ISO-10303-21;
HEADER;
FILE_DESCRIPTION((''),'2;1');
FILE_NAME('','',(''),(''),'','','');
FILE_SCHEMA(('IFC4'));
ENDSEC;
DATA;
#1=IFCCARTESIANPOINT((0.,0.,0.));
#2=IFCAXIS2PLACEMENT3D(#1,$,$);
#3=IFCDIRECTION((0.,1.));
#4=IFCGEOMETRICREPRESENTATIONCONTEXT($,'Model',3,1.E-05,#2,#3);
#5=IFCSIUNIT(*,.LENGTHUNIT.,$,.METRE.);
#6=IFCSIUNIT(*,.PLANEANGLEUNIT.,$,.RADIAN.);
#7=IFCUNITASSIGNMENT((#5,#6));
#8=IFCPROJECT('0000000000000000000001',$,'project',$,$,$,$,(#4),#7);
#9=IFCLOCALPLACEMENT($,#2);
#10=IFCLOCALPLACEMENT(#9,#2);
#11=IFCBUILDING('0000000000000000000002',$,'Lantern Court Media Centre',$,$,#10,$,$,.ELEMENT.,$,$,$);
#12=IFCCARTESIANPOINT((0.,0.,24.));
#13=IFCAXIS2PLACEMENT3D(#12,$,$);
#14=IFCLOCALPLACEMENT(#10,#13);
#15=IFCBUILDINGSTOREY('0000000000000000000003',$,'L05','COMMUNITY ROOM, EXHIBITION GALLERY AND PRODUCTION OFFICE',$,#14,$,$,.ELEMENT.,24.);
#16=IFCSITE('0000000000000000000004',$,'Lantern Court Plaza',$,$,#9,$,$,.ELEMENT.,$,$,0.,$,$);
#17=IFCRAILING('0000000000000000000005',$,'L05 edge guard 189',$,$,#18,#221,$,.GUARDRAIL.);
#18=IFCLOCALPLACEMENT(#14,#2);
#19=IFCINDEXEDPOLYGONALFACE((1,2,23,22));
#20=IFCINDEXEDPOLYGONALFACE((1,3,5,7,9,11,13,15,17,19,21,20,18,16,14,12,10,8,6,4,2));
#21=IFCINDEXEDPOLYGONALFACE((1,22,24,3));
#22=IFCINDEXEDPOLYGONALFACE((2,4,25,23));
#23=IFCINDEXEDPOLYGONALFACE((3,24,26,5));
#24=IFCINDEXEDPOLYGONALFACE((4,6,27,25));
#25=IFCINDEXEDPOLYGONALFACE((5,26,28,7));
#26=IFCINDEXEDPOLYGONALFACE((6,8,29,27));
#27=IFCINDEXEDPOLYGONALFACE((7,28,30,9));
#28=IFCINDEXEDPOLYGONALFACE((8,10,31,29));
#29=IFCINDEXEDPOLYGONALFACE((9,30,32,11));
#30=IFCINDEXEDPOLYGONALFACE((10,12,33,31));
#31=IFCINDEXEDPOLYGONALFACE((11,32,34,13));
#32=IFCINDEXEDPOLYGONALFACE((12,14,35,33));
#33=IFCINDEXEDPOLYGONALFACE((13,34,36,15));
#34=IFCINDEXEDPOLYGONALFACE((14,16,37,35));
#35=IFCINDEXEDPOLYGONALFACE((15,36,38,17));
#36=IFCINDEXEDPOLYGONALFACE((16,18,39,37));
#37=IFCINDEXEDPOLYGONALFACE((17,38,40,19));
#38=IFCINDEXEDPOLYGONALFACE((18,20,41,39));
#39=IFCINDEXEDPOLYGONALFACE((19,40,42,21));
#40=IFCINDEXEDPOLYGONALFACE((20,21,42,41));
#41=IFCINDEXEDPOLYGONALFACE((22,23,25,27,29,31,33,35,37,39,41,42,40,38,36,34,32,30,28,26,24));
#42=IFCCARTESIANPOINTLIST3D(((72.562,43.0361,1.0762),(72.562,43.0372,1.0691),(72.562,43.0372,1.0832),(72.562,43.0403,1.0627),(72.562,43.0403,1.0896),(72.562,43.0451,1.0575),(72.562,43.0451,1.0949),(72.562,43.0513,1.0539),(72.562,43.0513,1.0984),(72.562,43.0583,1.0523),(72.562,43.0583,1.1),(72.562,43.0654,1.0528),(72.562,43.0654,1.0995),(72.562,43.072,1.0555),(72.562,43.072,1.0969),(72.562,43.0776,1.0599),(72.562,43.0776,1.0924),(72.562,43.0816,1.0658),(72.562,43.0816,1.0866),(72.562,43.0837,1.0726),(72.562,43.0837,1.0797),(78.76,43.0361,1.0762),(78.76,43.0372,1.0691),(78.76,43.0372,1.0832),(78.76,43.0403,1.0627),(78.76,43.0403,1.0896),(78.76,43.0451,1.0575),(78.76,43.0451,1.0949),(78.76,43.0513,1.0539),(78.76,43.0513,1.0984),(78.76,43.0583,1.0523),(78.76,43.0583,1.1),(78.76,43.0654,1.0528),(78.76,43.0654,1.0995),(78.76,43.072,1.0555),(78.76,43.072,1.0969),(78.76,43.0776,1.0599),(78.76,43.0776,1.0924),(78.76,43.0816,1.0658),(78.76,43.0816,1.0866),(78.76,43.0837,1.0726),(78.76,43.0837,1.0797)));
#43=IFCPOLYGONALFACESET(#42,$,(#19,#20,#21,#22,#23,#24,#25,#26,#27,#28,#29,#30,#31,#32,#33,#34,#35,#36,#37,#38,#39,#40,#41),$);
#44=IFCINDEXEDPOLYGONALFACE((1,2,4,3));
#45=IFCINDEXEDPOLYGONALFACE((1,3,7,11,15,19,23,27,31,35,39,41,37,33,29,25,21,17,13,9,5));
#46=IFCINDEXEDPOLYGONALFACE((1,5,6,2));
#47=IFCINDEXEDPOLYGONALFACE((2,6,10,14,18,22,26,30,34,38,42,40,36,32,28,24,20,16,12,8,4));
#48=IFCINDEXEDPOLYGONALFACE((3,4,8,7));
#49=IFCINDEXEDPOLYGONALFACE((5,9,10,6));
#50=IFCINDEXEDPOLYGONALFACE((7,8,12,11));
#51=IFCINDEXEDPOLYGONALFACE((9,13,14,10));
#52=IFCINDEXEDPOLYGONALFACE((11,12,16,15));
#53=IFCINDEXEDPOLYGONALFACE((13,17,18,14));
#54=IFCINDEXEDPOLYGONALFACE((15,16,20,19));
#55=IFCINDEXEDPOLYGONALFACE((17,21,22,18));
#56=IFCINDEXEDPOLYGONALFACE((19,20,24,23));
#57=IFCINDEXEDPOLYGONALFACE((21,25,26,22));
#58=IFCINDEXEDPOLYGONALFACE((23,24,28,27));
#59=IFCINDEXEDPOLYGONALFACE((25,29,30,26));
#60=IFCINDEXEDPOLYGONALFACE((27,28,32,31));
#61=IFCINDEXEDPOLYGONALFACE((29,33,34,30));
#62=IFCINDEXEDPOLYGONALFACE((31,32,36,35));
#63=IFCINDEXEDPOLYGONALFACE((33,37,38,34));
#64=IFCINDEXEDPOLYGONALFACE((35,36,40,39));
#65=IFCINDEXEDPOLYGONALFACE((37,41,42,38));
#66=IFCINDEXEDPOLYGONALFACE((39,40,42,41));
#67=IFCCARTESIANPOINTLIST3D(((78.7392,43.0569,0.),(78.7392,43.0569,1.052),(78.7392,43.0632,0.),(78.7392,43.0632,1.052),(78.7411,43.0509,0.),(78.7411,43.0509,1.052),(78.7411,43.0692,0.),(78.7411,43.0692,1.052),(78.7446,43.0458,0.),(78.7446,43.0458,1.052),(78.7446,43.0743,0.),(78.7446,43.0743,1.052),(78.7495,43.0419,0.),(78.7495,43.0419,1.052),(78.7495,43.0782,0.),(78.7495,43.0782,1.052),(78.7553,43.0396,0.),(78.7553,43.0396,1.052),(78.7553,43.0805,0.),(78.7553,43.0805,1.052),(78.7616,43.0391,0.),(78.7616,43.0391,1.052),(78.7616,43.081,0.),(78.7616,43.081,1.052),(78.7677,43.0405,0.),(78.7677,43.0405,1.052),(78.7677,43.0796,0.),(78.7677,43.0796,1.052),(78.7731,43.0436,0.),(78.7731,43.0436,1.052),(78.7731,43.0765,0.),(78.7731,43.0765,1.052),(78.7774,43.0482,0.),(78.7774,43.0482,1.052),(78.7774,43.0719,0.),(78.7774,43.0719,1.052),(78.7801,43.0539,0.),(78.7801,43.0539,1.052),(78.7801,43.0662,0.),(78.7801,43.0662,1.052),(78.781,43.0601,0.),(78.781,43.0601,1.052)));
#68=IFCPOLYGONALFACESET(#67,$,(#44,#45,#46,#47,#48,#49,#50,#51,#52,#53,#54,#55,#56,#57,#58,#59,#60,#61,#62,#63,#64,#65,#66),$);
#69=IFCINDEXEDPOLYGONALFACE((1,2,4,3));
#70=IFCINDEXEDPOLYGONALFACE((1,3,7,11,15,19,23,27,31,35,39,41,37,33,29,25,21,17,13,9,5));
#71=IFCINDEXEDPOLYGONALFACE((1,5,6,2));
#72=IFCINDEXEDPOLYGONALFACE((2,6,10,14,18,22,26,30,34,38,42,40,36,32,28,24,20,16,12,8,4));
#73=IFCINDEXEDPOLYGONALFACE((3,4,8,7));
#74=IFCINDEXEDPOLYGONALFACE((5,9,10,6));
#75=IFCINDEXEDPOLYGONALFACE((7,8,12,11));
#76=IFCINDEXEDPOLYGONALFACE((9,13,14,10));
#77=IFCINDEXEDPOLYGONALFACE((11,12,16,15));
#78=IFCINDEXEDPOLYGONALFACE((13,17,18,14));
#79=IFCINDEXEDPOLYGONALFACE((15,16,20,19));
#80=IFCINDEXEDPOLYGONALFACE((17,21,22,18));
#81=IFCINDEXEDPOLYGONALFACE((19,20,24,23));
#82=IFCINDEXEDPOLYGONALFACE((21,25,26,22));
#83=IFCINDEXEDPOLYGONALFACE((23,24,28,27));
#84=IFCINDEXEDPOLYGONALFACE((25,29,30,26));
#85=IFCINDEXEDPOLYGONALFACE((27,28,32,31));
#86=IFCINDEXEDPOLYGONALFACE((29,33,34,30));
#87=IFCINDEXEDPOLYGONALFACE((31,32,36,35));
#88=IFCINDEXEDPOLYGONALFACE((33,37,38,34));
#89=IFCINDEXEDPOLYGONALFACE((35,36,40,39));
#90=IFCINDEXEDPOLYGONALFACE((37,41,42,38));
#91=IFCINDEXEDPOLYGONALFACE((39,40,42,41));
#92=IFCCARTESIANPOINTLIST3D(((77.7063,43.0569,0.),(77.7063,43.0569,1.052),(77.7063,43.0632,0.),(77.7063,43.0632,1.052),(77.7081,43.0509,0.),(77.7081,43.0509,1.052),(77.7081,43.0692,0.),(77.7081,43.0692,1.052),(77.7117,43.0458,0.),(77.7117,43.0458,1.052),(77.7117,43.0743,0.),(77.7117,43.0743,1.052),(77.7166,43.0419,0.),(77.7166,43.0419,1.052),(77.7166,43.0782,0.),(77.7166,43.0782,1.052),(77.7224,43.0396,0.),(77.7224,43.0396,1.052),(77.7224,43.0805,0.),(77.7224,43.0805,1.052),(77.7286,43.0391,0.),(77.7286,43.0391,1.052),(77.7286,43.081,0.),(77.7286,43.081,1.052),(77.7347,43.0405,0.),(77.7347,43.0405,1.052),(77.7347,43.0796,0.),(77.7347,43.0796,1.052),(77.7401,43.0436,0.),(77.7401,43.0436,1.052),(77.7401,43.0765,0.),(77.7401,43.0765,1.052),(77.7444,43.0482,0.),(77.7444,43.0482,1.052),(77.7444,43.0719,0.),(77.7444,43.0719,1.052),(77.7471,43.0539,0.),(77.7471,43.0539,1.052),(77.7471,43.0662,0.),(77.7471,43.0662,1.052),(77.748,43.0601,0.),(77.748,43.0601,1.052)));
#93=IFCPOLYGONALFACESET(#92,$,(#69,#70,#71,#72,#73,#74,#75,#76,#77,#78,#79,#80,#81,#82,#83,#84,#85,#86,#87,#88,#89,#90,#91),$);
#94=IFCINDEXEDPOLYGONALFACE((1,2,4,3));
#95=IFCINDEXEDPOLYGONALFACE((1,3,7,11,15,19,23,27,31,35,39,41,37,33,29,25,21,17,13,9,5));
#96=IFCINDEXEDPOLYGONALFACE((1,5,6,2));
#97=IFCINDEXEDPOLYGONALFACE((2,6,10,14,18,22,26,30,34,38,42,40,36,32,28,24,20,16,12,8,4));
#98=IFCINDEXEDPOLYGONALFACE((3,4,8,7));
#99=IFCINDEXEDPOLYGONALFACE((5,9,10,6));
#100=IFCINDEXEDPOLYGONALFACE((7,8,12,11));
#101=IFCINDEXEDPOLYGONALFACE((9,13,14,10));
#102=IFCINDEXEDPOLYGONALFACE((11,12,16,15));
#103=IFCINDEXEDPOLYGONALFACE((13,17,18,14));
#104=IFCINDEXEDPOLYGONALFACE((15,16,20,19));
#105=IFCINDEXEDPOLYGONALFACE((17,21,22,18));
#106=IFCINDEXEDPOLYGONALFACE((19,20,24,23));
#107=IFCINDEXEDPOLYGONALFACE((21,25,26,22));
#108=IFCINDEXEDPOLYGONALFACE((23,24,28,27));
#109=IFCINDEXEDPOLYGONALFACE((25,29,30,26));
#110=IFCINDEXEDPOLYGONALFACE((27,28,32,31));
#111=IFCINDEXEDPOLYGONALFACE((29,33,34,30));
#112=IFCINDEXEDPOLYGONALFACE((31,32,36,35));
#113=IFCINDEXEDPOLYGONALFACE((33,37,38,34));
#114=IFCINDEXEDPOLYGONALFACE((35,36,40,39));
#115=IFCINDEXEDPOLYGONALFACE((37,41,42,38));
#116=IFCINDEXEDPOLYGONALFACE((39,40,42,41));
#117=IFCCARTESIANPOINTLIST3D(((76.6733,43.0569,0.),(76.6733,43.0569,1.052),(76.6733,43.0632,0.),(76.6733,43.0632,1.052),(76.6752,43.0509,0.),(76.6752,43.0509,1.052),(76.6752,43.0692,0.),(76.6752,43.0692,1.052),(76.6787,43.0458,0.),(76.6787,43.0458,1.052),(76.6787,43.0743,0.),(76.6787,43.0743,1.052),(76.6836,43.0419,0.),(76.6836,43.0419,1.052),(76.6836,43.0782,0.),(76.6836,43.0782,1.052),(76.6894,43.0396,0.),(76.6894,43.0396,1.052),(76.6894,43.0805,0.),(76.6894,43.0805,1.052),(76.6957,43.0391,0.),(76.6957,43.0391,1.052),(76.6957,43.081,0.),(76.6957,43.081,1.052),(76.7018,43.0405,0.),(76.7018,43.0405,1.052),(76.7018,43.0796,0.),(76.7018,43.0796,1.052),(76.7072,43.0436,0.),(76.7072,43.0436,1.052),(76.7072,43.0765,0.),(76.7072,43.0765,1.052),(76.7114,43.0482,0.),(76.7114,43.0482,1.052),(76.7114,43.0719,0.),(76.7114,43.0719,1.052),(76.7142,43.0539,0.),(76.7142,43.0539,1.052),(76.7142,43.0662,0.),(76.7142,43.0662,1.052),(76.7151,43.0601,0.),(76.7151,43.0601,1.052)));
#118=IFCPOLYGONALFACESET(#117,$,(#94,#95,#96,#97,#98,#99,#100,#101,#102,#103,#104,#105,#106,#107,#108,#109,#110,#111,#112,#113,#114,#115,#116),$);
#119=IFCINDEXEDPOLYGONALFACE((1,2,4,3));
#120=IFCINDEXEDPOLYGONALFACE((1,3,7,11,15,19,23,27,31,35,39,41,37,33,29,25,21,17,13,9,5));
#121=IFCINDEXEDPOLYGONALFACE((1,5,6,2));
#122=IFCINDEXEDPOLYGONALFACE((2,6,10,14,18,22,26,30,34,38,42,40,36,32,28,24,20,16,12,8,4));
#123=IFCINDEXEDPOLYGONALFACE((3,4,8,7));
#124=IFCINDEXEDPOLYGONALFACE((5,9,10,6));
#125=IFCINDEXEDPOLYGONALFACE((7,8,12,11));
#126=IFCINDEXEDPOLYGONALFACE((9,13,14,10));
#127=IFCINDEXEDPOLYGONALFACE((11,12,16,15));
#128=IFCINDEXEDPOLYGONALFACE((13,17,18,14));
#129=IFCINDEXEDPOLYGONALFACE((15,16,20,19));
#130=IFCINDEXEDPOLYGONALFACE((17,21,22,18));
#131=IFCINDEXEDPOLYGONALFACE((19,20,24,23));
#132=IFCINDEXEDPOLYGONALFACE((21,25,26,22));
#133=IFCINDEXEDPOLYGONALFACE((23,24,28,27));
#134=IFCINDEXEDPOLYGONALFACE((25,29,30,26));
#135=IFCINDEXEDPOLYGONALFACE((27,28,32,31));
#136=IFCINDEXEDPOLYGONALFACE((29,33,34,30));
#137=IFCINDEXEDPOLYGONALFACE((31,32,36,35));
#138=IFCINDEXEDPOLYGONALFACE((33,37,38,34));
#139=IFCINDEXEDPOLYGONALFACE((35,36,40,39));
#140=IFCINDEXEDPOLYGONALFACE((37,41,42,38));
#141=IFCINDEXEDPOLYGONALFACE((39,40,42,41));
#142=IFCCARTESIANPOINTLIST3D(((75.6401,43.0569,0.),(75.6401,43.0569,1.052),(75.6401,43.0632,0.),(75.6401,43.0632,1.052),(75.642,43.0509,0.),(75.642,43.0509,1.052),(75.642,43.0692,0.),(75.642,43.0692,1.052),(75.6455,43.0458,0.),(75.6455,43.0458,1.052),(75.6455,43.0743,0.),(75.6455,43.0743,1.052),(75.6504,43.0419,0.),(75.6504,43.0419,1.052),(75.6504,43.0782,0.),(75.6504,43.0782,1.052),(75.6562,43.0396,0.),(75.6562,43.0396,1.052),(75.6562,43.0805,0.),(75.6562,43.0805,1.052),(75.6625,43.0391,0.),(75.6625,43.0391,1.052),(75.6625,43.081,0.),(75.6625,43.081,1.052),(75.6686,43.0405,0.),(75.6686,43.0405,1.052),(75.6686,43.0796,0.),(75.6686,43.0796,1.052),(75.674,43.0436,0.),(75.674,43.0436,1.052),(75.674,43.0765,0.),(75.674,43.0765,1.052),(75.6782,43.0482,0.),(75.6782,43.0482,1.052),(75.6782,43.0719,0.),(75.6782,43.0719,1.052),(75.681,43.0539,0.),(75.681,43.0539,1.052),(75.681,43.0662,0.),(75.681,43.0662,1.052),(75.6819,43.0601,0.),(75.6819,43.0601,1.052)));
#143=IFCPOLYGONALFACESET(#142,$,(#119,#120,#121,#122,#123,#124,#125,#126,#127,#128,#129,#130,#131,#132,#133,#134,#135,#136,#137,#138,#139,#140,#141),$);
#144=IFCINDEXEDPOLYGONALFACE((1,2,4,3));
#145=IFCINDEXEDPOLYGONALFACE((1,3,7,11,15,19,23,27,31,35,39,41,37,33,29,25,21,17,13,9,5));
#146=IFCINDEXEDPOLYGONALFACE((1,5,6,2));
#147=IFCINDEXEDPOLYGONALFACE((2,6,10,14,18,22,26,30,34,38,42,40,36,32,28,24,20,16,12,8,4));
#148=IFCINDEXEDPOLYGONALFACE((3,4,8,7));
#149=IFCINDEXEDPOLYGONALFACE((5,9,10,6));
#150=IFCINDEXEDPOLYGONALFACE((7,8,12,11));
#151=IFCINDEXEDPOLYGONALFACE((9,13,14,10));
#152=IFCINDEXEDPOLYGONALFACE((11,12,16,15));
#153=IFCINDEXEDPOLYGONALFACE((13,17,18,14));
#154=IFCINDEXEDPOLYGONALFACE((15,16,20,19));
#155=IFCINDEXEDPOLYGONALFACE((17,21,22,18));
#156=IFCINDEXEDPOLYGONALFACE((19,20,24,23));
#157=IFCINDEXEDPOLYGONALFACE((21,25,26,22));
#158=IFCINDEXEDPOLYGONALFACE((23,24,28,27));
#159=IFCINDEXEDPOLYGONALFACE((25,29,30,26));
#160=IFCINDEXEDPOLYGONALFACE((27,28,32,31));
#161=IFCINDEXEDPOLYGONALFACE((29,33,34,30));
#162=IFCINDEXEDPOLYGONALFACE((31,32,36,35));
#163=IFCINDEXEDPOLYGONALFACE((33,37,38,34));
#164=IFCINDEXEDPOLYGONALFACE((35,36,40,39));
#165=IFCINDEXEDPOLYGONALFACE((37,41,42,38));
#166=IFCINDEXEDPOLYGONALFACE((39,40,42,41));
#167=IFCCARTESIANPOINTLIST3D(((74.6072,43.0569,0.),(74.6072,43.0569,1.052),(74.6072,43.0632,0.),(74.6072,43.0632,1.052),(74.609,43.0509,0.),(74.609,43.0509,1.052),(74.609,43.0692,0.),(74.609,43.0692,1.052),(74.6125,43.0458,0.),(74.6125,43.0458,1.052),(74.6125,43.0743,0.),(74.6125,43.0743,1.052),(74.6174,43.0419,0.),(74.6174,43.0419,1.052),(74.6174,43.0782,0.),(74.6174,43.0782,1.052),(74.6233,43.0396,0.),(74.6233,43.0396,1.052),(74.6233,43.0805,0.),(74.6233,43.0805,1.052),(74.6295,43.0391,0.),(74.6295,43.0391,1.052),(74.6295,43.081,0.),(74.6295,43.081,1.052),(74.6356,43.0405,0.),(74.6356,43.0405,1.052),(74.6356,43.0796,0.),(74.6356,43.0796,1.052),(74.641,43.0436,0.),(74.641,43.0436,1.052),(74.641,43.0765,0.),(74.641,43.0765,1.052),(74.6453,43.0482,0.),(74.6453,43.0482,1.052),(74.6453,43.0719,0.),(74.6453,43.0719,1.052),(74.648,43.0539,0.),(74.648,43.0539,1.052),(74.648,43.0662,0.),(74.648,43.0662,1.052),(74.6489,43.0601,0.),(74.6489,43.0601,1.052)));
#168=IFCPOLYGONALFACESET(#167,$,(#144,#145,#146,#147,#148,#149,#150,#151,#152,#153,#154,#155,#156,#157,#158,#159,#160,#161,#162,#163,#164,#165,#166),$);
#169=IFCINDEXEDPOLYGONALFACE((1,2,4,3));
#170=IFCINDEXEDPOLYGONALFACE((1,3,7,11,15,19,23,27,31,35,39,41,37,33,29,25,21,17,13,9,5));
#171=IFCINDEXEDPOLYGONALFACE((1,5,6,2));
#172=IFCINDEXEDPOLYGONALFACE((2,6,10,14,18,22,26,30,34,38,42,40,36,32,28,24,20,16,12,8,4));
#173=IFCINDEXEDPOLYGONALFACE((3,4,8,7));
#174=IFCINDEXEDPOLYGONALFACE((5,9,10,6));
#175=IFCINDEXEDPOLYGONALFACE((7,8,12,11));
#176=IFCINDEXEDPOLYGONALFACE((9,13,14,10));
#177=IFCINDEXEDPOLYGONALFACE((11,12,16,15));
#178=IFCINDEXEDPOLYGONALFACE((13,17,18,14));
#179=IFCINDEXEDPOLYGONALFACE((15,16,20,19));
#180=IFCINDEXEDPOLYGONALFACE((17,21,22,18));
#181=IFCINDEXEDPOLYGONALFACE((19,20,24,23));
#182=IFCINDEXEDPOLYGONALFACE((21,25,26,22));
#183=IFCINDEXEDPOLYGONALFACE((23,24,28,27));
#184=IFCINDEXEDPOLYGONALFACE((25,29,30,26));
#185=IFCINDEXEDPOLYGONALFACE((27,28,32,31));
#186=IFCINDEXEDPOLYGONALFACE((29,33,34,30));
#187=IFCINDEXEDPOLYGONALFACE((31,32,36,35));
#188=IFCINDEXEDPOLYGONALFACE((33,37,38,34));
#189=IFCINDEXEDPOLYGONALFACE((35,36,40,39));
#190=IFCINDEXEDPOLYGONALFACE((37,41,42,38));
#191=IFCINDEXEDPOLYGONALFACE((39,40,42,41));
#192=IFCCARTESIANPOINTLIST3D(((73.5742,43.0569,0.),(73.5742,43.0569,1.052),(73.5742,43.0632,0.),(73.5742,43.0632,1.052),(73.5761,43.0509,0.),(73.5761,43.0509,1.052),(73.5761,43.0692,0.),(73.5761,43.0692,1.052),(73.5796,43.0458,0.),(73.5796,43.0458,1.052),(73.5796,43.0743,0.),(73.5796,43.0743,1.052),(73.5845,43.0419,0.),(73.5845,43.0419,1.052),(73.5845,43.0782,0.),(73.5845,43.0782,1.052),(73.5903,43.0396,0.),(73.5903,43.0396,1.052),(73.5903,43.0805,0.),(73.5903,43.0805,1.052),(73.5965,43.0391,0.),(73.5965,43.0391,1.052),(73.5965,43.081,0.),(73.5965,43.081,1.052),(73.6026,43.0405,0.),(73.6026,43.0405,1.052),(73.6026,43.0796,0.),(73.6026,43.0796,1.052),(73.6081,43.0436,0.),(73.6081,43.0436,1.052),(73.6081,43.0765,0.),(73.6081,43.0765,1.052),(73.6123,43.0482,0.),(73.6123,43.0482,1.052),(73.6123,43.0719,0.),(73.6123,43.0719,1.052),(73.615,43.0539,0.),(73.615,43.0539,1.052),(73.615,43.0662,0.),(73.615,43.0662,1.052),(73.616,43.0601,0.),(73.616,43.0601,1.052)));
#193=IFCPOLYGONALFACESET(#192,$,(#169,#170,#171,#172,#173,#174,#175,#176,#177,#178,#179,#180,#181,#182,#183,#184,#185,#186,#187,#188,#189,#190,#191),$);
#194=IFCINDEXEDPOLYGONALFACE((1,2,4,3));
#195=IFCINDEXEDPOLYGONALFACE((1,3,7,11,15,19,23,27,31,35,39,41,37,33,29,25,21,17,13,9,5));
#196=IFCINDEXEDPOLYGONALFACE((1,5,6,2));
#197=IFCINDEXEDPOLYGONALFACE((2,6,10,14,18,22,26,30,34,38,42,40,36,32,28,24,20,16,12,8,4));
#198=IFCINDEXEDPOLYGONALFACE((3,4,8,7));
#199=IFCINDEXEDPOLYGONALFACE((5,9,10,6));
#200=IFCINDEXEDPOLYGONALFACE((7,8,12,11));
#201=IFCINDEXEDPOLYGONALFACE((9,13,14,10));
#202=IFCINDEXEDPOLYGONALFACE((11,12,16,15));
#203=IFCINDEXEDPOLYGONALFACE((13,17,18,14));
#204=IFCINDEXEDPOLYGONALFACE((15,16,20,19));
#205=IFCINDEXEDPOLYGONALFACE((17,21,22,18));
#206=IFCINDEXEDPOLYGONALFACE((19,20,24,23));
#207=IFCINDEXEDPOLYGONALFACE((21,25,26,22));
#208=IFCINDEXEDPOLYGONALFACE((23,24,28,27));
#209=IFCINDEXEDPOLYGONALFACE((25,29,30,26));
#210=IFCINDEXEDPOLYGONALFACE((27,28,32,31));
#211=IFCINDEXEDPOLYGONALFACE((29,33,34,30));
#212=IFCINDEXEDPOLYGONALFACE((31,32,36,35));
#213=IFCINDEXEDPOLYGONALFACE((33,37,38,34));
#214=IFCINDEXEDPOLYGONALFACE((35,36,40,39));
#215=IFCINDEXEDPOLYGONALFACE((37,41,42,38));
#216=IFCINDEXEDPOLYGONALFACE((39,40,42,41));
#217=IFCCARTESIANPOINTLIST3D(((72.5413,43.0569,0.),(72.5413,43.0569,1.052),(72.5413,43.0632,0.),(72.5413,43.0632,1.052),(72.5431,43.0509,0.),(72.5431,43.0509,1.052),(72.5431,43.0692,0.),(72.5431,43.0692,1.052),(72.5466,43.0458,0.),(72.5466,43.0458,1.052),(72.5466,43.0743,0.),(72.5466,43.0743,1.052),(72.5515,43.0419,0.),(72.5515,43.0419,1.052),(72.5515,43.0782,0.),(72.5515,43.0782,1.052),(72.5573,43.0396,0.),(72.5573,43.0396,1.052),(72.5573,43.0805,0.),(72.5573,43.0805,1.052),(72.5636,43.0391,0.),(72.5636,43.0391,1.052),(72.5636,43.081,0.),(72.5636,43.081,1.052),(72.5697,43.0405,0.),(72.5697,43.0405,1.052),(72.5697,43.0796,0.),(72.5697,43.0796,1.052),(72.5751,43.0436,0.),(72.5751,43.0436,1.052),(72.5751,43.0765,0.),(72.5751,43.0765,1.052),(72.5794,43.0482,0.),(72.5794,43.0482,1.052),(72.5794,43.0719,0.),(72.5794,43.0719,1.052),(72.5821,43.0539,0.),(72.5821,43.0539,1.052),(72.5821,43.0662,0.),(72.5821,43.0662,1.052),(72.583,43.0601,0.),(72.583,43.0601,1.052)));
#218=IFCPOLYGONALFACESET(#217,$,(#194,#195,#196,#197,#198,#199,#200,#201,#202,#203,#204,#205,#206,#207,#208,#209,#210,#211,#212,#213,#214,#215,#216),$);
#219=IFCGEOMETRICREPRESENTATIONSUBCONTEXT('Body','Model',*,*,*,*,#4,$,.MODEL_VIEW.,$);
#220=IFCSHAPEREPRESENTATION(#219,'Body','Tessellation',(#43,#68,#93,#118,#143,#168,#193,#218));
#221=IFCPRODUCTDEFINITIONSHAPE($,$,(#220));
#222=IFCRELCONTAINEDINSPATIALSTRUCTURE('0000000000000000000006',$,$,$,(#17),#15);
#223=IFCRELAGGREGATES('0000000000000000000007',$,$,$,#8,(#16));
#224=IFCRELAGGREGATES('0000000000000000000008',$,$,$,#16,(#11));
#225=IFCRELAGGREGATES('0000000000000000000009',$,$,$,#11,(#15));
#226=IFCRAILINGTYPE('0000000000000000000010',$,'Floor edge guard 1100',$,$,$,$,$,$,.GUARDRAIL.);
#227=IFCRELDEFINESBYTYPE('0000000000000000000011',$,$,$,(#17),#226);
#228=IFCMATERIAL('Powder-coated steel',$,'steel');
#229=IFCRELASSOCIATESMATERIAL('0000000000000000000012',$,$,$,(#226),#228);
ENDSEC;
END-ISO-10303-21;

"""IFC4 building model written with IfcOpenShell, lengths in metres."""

from ifc_helpers import new_model, si_unit, direction, frame, origin, origin_2d, place, context, subcontext, project, spatial, circle, extrude, material, type_object, element, save


model = new_model("IFC4")

# Units and contexts
model_context = context("Model", 3, precision=1e-05, world=origin(), true_north=direction((0.0, 1.0)))
body_context = subcontext(model_context, "Body", "Model", "MODEL_VIEW")
ifc_project = project(units=[si_unit("LENGTHUNIT", "METRE"), si_unit("PLANEANGLEUNIT", "RADIAN")], contexts=[model_context])

# Site, building, storey
site_placement = place(None, origin())
site = spatial("IfcSite", under=ifc_project, at=site_placement, Name="Lantern Court Plaza", CompositionType="ELEMENT", RefElevation=0.0)
building_placement = place(site_placement, origin())
building = spatial("IfcBuilding", under=site, at=building_placement, Name="Lantern Court Media Centre", CompositionType="ELEMENT")
storey_placement = place(building_placement, frame((0.0, 0.0, 24.0)))
storey = spatial("IfcBuildingStorey", under=building, at=storey_placement, Name="L05", Description="COMMUNITY ROOM, EXHIBITION GALLERY AND PRODUCTION OFFICE", CompositionType="ELEMENT", Elevation=24.0)

# Railing
ifc_material_1 = material(Name="Powder-coated steel", Category="steel")
railing_type = type_object("IfcRailingType", Name="Floor edge guard 1100", PredefinedType="GUARDRAIL", material=ifc_material_1)
railing_placement = place(storey_placement, frame((78.76, 43.0601, 0.0)))
element("IfcRailing", 1, at=railing_placement, inside=storey, type_object=railing_type, Name="L05 edge guard 189", PredefinedType="GUARDRAIL", context=body_context, shape_type="SweptSolid", body=[
    extrude(circle(Radius=0.0239, at=origin_2d()), frame((0.0, 0.0, 1.0762), z_axis=(-1.0, 0.0, 0.0), x_axis=(0.0, -1.0, 0.0)), (0.0, 0.0, 1.0), 6.198),
    extrude(circle(Radius=0.021, at=origin_2d()), origin(), (0.0, 0.0, 1.0), 1.052),
    extrude(circle(Radius=0.021, at=origin_2d()), frame((-1.033, 0.0, 0.0)), (0.0, 0.0, 1.0), 1.052),
    extrude(circle(Radius=0.021, at=origin_2d()), frame((-2.0659, 0.0, 0.0)), (0.0, 0.0, 1.0), 1.052),
    extrude(circle(Radius=0.021, at=origin_2d()), frame((-3.0991, 0.0, 0.0)), (0.0, 0.0, 1.0), 1.052),
    extrude(circle(Radius=0.021, at=origin_2d()), frame((-4.1321, 0.0, 0.0)), (0.0, 0.0, 1.0), 1.052),
    extrude(circle(Radius=0.021, at=origin_2d()), frame((-5.165, 0.0, 0.0)), (0.0, 0.0, 1.0), 1.052),
    extrude(circle(Radius=0.021, at=origin_2d()), frame((-6.198, 0.0, 0.0)), (0.0, 0.0, 1.0), 1.052),
])

save(model, "model.ifc")
